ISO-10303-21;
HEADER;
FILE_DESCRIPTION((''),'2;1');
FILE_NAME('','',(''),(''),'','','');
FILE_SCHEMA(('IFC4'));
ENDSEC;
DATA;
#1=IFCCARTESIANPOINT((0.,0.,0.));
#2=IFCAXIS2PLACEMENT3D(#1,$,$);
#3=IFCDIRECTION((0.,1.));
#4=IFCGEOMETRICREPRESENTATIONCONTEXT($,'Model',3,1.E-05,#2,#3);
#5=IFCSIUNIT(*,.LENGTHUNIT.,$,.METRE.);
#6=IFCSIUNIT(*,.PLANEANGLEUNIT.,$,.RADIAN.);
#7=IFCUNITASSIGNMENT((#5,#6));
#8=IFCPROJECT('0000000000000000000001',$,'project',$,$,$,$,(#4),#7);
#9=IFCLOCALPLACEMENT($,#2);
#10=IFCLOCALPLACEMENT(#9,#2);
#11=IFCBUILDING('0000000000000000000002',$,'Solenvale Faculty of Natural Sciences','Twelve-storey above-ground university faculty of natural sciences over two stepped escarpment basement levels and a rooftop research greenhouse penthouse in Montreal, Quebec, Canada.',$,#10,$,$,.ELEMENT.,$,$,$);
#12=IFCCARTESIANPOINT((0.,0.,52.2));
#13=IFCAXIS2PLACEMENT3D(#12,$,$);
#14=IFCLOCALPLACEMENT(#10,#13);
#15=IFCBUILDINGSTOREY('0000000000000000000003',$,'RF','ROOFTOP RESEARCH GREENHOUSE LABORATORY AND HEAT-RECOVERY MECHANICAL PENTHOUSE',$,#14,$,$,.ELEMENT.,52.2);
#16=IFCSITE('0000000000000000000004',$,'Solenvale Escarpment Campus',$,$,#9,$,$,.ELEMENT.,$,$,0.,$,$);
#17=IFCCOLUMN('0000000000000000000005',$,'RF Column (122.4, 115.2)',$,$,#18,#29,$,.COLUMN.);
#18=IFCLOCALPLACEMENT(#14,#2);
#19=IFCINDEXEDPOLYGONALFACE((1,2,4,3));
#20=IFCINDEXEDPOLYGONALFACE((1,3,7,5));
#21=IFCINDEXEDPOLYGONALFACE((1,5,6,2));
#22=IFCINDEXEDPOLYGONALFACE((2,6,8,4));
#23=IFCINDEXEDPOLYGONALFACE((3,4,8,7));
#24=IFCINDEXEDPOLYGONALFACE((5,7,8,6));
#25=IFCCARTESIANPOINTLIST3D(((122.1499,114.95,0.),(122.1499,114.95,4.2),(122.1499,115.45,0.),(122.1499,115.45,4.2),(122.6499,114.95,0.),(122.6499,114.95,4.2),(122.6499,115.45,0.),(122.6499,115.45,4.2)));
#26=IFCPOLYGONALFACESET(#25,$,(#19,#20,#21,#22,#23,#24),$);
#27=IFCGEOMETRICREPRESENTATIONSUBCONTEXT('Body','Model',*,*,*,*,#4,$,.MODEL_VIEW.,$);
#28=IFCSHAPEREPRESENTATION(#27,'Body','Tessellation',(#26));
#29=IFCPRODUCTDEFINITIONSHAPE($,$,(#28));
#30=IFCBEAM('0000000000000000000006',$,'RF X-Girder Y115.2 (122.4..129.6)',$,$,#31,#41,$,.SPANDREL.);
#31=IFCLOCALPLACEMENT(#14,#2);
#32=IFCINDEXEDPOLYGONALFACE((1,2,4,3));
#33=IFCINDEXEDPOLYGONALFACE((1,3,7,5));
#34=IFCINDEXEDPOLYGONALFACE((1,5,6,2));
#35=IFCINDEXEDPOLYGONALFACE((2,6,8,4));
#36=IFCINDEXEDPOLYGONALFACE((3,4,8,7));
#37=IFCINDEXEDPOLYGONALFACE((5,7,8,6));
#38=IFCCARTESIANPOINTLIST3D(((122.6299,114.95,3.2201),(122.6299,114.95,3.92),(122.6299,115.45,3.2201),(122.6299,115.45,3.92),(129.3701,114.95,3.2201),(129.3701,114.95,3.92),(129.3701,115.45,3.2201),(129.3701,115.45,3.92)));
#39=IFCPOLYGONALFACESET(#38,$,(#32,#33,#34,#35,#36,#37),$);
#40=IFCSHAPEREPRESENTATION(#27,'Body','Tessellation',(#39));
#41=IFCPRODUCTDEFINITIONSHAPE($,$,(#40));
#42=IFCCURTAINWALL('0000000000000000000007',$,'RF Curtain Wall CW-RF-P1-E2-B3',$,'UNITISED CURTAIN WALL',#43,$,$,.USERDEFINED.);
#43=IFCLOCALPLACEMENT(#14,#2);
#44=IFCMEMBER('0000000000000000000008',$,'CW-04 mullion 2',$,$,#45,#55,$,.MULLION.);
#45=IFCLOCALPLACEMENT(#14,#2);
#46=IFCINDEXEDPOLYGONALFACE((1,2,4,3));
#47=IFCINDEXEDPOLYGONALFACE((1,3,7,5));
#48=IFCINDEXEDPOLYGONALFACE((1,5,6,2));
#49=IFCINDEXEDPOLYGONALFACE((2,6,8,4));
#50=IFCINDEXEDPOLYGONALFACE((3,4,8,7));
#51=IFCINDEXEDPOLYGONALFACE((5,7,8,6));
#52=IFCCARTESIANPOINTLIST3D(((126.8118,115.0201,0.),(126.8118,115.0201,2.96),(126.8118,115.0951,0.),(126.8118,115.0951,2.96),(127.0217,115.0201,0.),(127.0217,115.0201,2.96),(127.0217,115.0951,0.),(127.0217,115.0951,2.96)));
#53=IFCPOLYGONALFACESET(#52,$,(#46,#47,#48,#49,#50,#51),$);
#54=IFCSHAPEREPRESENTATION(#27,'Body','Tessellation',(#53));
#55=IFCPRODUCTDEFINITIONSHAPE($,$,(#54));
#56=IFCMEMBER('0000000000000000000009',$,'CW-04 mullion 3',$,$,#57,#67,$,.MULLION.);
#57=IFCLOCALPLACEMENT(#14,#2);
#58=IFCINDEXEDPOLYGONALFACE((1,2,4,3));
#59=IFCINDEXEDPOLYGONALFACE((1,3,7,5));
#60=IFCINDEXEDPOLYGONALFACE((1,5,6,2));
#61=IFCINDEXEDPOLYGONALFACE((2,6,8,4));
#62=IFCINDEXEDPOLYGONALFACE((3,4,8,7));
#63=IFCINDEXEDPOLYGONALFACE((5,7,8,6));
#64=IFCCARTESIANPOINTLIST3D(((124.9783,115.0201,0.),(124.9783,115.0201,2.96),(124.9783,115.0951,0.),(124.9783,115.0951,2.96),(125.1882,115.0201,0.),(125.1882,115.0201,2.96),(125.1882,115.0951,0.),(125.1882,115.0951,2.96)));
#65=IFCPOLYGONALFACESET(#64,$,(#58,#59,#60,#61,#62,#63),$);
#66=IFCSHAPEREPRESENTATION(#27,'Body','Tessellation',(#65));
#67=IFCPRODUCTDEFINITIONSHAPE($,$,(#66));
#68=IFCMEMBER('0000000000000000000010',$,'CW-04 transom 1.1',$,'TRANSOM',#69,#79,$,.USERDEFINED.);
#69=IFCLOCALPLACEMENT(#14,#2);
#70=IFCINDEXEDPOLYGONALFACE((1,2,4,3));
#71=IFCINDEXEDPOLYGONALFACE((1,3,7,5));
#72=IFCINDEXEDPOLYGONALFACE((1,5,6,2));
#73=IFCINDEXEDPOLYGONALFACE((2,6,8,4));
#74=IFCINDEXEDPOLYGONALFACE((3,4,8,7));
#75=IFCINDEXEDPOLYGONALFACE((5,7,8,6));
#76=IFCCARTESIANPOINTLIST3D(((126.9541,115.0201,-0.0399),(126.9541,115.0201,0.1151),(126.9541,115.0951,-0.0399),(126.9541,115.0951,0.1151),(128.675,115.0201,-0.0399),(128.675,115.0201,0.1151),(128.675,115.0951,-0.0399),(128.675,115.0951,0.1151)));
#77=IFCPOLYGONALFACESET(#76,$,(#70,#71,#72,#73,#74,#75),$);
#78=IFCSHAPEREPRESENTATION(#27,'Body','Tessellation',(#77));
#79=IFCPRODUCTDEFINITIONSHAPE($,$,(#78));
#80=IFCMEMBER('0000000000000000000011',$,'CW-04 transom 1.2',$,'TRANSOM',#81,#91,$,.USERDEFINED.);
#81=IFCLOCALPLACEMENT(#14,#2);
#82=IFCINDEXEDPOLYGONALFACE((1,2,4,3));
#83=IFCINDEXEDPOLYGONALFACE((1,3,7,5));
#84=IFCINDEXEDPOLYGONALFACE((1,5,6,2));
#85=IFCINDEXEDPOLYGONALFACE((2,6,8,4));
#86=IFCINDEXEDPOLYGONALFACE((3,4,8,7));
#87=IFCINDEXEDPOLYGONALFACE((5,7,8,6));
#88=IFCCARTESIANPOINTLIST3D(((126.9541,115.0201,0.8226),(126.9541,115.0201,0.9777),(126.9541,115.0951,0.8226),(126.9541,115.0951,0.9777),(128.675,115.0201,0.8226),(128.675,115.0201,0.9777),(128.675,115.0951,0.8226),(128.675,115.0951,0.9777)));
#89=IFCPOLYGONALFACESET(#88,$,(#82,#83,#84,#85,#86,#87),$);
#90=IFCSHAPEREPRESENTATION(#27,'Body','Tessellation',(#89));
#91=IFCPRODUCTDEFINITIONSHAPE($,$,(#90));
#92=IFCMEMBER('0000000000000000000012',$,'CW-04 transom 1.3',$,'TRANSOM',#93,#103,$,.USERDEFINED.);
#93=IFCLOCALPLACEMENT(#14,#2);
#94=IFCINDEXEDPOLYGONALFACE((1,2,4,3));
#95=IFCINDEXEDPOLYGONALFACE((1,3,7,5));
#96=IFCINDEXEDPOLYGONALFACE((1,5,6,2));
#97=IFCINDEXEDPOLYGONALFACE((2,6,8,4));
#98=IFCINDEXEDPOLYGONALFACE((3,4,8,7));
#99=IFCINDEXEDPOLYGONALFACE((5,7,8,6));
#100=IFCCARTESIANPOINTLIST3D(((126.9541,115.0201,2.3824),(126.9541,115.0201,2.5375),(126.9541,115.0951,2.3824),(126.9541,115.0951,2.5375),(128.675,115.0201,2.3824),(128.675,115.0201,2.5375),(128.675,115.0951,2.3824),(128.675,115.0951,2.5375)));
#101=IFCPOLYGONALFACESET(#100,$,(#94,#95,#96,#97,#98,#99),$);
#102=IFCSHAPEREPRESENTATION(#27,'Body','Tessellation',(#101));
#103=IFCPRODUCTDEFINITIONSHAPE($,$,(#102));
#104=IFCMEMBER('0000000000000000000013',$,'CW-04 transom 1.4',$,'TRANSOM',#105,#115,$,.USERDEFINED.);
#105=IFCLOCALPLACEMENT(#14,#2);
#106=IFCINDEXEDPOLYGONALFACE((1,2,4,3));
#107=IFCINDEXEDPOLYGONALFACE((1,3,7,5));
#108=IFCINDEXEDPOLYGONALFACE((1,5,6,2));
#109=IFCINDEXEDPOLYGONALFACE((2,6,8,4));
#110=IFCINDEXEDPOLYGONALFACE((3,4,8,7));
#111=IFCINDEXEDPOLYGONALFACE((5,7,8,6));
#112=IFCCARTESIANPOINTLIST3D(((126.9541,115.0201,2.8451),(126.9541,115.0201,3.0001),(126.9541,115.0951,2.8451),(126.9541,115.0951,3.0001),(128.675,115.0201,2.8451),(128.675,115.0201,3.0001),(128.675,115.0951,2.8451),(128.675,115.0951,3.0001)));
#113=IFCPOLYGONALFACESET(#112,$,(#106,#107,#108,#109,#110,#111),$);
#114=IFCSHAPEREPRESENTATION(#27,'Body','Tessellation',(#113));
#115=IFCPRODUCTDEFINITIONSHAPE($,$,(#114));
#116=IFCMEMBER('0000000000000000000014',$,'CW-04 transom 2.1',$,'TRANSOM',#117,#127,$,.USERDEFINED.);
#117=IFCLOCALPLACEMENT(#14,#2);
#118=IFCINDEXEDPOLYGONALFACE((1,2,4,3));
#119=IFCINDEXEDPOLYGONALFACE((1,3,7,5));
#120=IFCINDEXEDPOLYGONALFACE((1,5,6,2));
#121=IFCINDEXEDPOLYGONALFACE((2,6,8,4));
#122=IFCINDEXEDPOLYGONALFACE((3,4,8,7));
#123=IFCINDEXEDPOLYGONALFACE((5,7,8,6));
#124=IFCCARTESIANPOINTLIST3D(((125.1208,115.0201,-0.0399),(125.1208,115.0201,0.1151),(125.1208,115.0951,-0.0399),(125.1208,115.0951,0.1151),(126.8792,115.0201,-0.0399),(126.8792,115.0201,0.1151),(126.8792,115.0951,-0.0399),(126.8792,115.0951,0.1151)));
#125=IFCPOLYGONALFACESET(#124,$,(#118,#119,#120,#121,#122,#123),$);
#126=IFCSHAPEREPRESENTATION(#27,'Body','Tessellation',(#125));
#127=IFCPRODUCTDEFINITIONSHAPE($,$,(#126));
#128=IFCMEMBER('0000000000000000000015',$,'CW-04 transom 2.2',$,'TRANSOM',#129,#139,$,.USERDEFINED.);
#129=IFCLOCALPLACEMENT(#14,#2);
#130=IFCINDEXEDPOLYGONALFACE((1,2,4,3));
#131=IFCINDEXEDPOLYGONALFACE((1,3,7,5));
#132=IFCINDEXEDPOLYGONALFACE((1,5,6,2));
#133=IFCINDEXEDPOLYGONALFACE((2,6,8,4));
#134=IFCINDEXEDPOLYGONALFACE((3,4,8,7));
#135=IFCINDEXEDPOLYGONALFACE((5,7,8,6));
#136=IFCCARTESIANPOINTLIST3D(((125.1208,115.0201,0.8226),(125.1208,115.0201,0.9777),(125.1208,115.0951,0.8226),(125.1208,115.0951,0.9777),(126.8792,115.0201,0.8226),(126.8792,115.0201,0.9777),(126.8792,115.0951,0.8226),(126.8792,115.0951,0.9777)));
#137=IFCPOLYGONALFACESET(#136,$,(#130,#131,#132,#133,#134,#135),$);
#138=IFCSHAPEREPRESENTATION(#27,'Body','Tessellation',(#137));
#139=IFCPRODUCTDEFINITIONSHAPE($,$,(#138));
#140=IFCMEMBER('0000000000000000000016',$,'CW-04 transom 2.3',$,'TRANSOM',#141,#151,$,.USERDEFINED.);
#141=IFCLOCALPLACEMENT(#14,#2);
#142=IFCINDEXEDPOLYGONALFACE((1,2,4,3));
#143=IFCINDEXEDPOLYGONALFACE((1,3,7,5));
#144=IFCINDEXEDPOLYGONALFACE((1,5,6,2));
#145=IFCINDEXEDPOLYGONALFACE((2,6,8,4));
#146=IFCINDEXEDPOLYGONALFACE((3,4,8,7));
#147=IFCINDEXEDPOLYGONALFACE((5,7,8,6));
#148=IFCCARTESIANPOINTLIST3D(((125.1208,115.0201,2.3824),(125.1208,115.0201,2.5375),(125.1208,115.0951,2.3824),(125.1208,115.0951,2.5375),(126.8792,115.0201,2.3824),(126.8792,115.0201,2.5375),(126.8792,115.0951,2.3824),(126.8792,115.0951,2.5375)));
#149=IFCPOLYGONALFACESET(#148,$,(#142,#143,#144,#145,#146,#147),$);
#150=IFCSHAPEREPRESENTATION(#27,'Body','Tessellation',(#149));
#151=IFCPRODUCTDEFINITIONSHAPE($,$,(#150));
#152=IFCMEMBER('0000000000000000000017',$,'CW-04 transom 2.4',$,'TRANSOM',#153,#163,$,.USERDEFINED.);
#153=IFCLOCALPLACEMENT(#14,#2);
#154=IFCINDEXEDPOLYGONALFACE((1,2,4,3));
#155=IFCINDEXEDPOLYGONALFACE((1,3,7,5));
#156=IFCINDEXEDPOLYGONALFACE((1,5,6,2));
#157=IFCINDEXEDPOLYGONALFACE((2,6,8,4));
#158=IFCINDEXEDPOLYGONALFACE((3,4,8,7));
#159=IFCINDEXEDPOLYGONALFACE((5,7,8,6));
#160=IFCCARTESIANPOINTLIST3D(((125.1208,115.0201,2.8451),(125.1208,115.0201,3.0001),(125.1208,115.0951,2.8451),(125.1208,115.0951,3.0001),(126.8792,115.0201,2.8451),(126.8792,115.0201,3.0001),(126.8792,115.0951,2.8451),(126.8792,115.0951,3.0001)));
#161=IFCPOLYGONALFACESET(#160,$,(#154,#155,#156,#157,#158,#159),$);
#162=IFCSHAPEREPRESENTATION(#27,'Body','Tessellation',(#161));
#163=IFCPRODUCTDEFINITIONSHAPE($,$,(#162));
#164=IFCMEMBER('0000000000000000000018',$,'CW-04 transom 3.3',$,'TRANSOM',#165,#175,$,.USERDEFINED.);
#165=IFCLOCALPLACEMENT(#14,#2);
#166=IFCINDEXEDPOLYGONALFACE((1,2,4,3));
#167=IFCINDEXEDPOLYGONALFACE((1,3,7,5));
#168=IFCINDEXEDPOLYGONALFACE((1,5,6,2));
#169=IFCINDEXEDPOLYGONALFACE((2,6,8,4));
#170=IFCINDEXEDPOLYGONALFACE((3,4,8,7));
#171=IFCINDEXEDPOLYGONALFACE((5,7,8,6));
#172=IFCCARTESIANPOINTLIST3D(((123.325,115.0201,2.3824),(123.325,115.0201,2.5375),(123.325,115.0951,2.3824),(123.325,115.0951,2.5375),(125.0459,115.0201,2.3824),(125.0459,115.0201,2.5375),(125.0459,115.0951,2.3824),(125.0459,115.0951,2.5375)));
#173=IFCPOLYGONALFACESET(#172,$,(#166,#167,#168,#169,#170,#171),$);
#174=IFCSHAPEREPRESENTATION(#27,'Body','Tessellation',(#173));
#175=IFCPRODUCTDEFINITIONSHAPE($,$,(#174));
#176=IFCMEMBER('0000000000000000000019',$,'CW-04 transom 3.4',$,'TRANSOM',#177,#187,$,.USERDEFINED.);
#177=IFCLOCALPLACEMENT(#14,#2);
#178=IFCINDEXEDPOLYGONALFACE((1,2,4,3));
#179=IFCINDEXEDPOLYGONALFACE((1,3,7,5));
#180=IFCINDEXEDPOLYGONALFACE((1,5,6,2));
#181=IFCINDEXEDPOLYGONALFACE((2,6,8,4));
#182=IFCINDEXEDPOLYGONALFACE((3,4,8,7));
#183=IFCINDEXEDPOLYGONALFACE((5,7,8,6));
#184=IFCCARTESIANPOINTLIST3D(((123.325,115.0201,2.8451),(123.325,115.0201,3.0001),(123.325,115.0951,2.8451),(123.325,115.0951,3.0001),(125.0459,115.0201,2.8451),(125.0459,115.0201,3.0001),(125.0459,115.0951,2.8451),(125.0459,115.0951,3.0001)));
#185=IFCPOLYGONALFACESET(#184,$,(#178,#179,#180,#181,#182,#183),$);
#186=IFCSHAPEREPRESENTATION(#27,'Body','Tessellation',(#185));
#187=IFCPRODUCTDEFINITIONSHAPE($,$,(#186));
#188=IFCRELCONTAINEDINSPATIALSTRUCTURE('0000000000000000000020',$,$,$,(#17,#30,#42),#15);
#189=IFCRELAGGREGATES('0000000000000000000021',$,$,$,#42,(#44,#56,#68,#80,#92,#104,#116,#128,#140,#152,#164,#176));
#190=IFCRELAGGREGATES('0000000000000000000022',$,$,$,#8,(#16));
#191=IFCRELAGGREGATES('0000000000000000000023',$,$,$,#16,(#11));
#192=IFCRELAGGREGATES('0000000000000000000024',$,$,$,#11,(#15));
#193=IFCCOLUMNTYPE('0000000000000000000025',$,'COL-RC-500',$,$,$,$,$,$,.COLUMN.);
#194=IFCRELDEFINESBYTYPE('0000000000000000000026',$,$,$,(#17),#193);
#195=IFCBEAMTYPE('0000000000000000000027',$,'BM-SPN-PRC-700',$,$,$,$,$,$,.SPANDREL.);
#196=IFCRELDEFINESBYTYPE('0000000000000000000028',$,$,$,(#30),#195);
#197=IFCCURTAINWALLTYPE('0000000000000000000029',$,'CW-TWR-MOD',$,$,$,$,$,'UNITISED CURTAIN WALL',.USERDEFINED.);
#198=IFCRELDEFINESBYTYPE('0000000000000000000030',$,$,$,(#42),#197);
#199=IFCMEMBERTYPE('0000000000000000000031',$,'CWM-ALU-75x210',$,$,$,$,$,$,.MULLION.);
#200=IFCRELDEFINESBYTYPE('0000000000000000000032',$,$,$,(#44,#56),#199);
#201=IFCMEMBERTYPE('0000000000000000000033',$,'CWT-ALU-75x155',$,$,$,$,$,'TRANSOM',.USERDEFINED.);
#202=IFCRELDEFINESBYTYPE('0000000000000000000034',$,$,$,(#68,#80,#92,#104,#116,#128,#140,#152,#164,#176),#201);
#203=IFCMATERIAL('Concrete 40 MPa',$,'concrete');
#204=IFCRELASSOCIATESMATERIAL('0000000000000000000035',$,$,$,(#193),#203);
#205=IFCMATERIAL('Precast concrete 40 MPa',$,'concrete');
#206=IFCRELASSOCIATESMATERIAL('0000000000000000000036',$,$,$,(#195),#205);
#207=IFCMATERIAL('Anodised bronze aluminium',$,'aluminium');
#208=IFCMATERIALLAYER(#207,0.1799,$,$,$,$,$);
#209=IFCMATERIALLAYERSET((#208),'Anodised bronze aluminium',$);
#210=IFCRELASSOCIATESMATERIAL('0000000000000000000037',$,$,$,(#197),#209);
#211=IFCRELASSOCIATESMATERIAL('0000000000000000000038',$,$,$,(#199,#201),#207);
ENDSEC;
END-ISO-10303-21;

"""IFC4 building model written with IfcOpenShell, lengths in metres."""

from ifc_helpers import new_model, si_unit, direction, frame, origin, origin_2d, place, context, subcontext, project, spatial, rectangle, extrude, material, layer, layer_set, material_profile, profile_set, type_object, element, aggregate, save


model = new_model("IFC4")

# Units and contexts
model_context = context("Model", 3, precision=1e-05, world=origin(), true_north=direction((0.0, 1.0)))
body_context = subcontext(model_context, "Body", "Model", "MODEL_VIEW")
ifc_project = project(units=[si_unit("LENGTHUNIT", "METRE"), si_unit("PLANEANGLEUNIT", "RADIAN")], contexts=[model_context])

# Site, building, storey
site_placement = place(None, origin())
site = spatial("IfcSite", under=ifc_project, at=site_placement, Name="Solenvale Escarpment Campus", CompositionType="ELEMENT", RefElevation=0.0)
building_placement = place(site_placement, origin())
building = spatial("IfcBuilding", under=site, at=building_placement, Name="Solenvale Faculty of Natural Sciences", Description="Twelve-storey above-ground university faculty of natural sciences over two stepped escarpment basement levels and a rooftop research greenhouse penthouse in Montreal, Quebec, Canada.", CompositionType="ELEMENT")
storey_placement = place(building_placement, frame((0.0, 0.0, 52.2)))
storey = spatial("IfcBuildingStorey", under=building, at=storey_placement, Name="RF", Description="ROOFTOP RESEARCH GREENHOUSE LABORATORY AND HEAT-RECOVERY MECHANICAL PENTHOUSE", CompositionType="ELEMENT", Elevation=52.2)

# Column
ifc_material_1 = material(Name="Concrete 40 MPa", Category="concrete")
ifc_material_profile_1 = material_profile(ifc_material_1, rectangle(XDim=0.5, YDim=0.5, at=origin_2d()), Name="RC-COL-500x500")
ifc_profile_set_1 = profile_set([ifc_material_profile_1], Name="Concrete 40 MPa")
column_type = type_object("IfcColumnType", Name="COL-RC-500", PredefinedType="COLUMN", material=ifc_profile_set_1)
column_placement = place(storey_placement, frame((122.3999, 115.2, 0.0), z_axis=(0.0, 0.0, 1.0), x_axis=(1.0, 0.0, 0.0)))
element("IfcColumn", 1, at=column_placement, inside=storey, type_object=column_type, Name="RF Column (122.4, 115.2)", PredefinedType="COLUMN", context=body_context, shape_type="SweptSolid", body=[
    extrude(rectangle(XDim=0.5, YDim=0.5, at=origin_2d()), origin(), (0.0, 0.0, 1.0), 4.2),
])

# Beam
ifc_material_2 = material(Name="Precast concrete 40 MPa", Category="concrete")
ifc_material_profile_2 = material_profile(ifc_material_2, rectangle(XDim=0.5, YDim=0.7, at=origin_2d()), Name="RC-BM-500x700")
ifc_profile_set_2 = profile_set([ifc_material_profile_2], Name="Precast concrete 40 MPa")
beam_type = type_object("IfcBeamType", Name="BM-SPN-PRC-700", PredefinedType="SPANDREL", material=ifc_profile_set_2)
beam_placement = place(storey_placement, frame((122.6299, 115.2, 3.5701), z_axis=(1.0, 0.0, 0.0), x_axis=(0.0, 1.0, 0.0)))
element("IfcBeam", 2, at=beam_placement, inside=storey, type_object=beam_type, Name="RF X-Girder Y115.2 (122.4..129.6)", PredefinedType="SPANDREL", context=body_context, shape_type="SweptSolid", body=[
    extrude(rectangle(XDim=0.5, YDim=0.7, at=origin_2d()), origin(), (0.0, 0.0, 1.0), 6.7402),
])

# Curtain wall, members
ifc_material_3 = material(Name="Anodised bronze aluminium", Category="aluminium")
ifc_layer_1 = layer(ifc_material_3, 0.1799)
ifc_layer_set_1 = layer_set([ifc_layer_1], Name="Anodised bronze aluminium")
curtain_wall_type = type_object("IfcCurtainWallType", Name="CW-TWR-MOD", ElementType="UNITISED CURTAIN WALL", PredefinedType="USERDEFINED", material=ifc_layer_set_1)
curtain_wall_placement = place(storey_placement, origin())
curtain_wall = element("IfcCurtainWall", 3, at=curtain_wall_placement, inside=storey, type_object=curtain_wall_type, Name="RF Curtain Wall CW-RF-P1-E2-B3", ObjectType="UNITISED CURTAIN WALL", PredefinedType="USERDEFINED")
ifc_material_profile_3 = material_profile(ifc_material_3, rectangle(XDim=0.075, YDim=0.21, at=origin_2d()), Name="ALU-MUL-75x210")
ifc_profile_set_3 = profile_set([ifc_material_profile_3], Name="Anodised bronze aluminium")
member_type_1 = type_object("IfcMemberType", Name="CWM-ALU-75x210", PredefinedType="MULLION", material=ifc_profile_set_3)
member_1_placement = place(storey_placement, frame((126.9167, 115.0576, 0.0), z_axis=(0.0, 0.0, 1.0), x_axis=(0.0, -1.0, 0.0)))
member_1 = element("IfcMember", 4, at=member_1_placement, type_object=member_type_1, Name="CW-04 mullion 2", PredefinedType="MULLION", context=body_context, shape_type="SweptSolid", body=[
    extrude(rectangle(XDim=0.075, YDim=0.21, at=origin_2d()), origin(), (0.0, 0.0, 1.0), 2.96),
])
member_2_placement = place(storey_placement, frame((125.0833, 115.0576, 0.0), z_axis=(0.0, 0.0, 1.0), x_axis=(0.0, -1.0, 0.0)))
member_2 = element("IfcMember", 5, at=member_2_placement, type_object=member_type_1, Name="CW-04 mullion 3", PredefinedType="MULLION", context=body_context, shape_type="SweptSolid", body=[
    extrude(rectangle(XDim=0.075, YDim=0.21, at=origin_2d()), origin(), (0.0, 0.0, 1.0), 2.96),
])
ifc_material_profile_4 = material_profile(ifc_material_3, rectangle(XDim=0.075, YDim=0.155, at=origin_2d()), Name="ALU-TRN-75x155")
ifc_profile_set_4 = profile_set([ifc_material_profile_4], Name="Anodised bronze aluminium")
member_type_2 = type_object("IfcMemberType", Name="CWT-ALU-75x155", ElementType="TRANSOM", PredefinedType="USERDEFINED", material=ifc_profile_set_4)
member_3_placement = place(storey_placement, frame((128.675, 115.0576, 0.0376), z_axis=(-1.0, 0.0, 0.0), x_axis=(0.0, -1.0, 0.0)))
member_3 = element("IfcMember", 6, at=member_3_placement, type_object=member_type_2, Name="CW-04 transom 1.1", ObjectType="TRANSOM", PredefinedType="USERDEFINED", context=body_context, shape_type="SweptSolid", body=[
    extrude(rectangle(XDim=0.075, YDim=0.155, at=origin_2d()), origin(), (0.0, 0.0, 1.0), 1.7209),
])
member_4_placement = place(storey_placement, frame((128.675, 115.0576, 0.9001), z_axis=(-1.0, 0.0, 0.0), x_axis=(0.0, -1.0, 0.0)))
member_4 = element("IfcMember", 7, at=member_4_placement, type_object=member_type_2, Name="CW-04 transom 1.2", ObjectType="TRANSOM", PredefinedType="USERDEFINED", context=body_context, shape_type="SweptSolid", body=[
    extrude(rectangle(XDim=0.075, YDim=0.155, at=origin_2d()), origin(), (0.0, 0.0, 1.0), 1.7209),
])
member_5_placement = place(storey_placement, frame((128.675, 115.0576, 2.46), z_axis=(-1.0, 0.0, 0.0), x_axis=(0.0, -1.0, 0.0)))
member_5 = element("IfcMember", 8, at=member_5_placement, type_object=member_type_2, Name="CW-04 transom 1.3", ObjectType="TRANSOM", PredefinedType="USERDEFINED", context=body_context, shape_type="SweptSolid", body=[
    extrude(rectangle(XDim=0.075, YDim=0.155, at=origin_2d()), origin(), (0.0, 0.0, 1.0), 1.7209),
])
member_6_placement = place(storey_placement, frame((128.675, 115.0576, 2.9226), z_axis=(-1.0, 0.0, 0.0), x_axis=(0.0, -1.0, 0.0)))
member_6 = element("IfcMember", 9, at=member_6_placement, type_object=member_type_2, Name="CW-04 transom 1.4", ObjectType="TRANSOM", PredefinedType="USERDEFINED", context=body_context, shape_type="SweptSolid", body=[
    extrude(rectangle(XDim=0.075, YDim=0.155, at=origin_2d()), origin(), (0.0, 0.0, 1.0), 1.7209),
])
member_7_placement = place(storey_placement, frame((126.8792, 115.0576, 0.0376), z_axis=(-1.0, 0.0, 0.0), x_axis=(0.0, -1.0, 0.0)))
member_7 = element("IfcMember", 10, at=member_7_placement, type_object=member_type_2, Name="CW-04 transom 2.1", ObjectType="TRANSOM", PredefinedType="USERDEFINED", context=body_context, shape_type="SweptSolid", body=[
    extrude(rectangle(XDim=0.075, YDim=0.155, at=origin_2d()), origin(), (0.0, 0.0, 1.0), 1.7583),
])
member_8_placement = place(storey_placement, frame((126.8792, 115.0576, 0.9001), z_axis=(-1.0, 0.0, 0.0), x_axis=(0.0, -1.0, 0.0)))
member_8 = element("IfcMember", 11, at=member_8_placement, type_object=member_type_2, Name="CW-04 transom 2.2", ObjectType="TRANSOM", PredefinedType="USERDEFINED", context=body_context, shape_type="SweptSolid", body=[
    extrude(rectangle(XDim=0.075, YDim=0.155, at=origin_2d()), origin(), (0.0, 0.0, 1.0), 1.7583),
])
member_9_placement = place(storey_placement, frame((126.8792, 115.0576, 2.46), z_axis=(-1.0, 0.0, 0.0), x_axis=(0.0, -1.0, 0.0)))
member_9 = element("IfcMember", 12, at=member_9_placement, type_object=member_type_2, Name="CW-04 transom 2.3", ObjectType="TRANSOM", PredefinedType="USERDEFINED", context=body_context, shape_type="SweptSolid", body=[
    extrude(rectangle(XDim=0.075, YDim=0.155, at=origin_2d()), origin(), (0.0, 0.0, 1.0), 1.7583),
])
member_10_placement = place(storey_placement, frame((126.8792, 115.0576, 2.9226), z_axis=(-1.0, 0.0, 0.0), x_axis=(0.0, -1.0, 0.0)))
member_10 = element("IfcMember", 13, at=member_10_placement, type_object=member_type_2, Name="CW-04 transom 2.4", ObjectType="TRANSOM", PredefinedType="USERDEFINED", context=body_context, shape_type="SweptSolid", body=[
    extrude(rectangle(XDim=0.075, YDim=0.155, at=origin_2d()), origin(), (0.0, 0.0, 1.0), 1.7583),
])
member_11_placement = place(storey_placement, frame((125.0459, 115.0576, 2.46), z_axis=(-1.0, 0.0, 0.0), x_axis=(0.0, -1.0, 0.0)))
member_11 = element("IfcMember", 14, at=member_11_placement, type_object=member_type_2, Name="CW-04 transom 3.3", ObjectType="TRANSOM", PredefinedType="USERDEFINED", context=body_context, shape_type="SweptSolid", body=[
    extrude(rectangle(XDim=0.075, YDim=0.155, at=origin_2d()), origin(), (0.0, 0.0, 1.0), 1.7209),
])
member_12_placement = place(storey_placement, frame((125.0459, 115.0576, 2.9226), z_axis=(-1.0, 0.0, 0.0), x_axis=(0.0, -1.0, 0.0)))
member_12 = element("IfcMember", 15, at=member_12_placement, type_object=member_type_2, Name="CW-04 transom 3.4", ObjectType="TRANSOM", PredefinedType="USERDEFINED", context=body_context, shape_type="SweptSolid", body=[
    extrude(rectangle(XDim=0.075, YDim=0.155, at=origin_2d()), origin(), (0.0, 0.0, 1.0), 1.7209),
])
aggregate(curtain_wall, [member_1, member_2, member_3, member_4, member_5, member_6, member_7, member_8, member_9, member_10, member_11, member_12])

save(model, "model.ifc")
